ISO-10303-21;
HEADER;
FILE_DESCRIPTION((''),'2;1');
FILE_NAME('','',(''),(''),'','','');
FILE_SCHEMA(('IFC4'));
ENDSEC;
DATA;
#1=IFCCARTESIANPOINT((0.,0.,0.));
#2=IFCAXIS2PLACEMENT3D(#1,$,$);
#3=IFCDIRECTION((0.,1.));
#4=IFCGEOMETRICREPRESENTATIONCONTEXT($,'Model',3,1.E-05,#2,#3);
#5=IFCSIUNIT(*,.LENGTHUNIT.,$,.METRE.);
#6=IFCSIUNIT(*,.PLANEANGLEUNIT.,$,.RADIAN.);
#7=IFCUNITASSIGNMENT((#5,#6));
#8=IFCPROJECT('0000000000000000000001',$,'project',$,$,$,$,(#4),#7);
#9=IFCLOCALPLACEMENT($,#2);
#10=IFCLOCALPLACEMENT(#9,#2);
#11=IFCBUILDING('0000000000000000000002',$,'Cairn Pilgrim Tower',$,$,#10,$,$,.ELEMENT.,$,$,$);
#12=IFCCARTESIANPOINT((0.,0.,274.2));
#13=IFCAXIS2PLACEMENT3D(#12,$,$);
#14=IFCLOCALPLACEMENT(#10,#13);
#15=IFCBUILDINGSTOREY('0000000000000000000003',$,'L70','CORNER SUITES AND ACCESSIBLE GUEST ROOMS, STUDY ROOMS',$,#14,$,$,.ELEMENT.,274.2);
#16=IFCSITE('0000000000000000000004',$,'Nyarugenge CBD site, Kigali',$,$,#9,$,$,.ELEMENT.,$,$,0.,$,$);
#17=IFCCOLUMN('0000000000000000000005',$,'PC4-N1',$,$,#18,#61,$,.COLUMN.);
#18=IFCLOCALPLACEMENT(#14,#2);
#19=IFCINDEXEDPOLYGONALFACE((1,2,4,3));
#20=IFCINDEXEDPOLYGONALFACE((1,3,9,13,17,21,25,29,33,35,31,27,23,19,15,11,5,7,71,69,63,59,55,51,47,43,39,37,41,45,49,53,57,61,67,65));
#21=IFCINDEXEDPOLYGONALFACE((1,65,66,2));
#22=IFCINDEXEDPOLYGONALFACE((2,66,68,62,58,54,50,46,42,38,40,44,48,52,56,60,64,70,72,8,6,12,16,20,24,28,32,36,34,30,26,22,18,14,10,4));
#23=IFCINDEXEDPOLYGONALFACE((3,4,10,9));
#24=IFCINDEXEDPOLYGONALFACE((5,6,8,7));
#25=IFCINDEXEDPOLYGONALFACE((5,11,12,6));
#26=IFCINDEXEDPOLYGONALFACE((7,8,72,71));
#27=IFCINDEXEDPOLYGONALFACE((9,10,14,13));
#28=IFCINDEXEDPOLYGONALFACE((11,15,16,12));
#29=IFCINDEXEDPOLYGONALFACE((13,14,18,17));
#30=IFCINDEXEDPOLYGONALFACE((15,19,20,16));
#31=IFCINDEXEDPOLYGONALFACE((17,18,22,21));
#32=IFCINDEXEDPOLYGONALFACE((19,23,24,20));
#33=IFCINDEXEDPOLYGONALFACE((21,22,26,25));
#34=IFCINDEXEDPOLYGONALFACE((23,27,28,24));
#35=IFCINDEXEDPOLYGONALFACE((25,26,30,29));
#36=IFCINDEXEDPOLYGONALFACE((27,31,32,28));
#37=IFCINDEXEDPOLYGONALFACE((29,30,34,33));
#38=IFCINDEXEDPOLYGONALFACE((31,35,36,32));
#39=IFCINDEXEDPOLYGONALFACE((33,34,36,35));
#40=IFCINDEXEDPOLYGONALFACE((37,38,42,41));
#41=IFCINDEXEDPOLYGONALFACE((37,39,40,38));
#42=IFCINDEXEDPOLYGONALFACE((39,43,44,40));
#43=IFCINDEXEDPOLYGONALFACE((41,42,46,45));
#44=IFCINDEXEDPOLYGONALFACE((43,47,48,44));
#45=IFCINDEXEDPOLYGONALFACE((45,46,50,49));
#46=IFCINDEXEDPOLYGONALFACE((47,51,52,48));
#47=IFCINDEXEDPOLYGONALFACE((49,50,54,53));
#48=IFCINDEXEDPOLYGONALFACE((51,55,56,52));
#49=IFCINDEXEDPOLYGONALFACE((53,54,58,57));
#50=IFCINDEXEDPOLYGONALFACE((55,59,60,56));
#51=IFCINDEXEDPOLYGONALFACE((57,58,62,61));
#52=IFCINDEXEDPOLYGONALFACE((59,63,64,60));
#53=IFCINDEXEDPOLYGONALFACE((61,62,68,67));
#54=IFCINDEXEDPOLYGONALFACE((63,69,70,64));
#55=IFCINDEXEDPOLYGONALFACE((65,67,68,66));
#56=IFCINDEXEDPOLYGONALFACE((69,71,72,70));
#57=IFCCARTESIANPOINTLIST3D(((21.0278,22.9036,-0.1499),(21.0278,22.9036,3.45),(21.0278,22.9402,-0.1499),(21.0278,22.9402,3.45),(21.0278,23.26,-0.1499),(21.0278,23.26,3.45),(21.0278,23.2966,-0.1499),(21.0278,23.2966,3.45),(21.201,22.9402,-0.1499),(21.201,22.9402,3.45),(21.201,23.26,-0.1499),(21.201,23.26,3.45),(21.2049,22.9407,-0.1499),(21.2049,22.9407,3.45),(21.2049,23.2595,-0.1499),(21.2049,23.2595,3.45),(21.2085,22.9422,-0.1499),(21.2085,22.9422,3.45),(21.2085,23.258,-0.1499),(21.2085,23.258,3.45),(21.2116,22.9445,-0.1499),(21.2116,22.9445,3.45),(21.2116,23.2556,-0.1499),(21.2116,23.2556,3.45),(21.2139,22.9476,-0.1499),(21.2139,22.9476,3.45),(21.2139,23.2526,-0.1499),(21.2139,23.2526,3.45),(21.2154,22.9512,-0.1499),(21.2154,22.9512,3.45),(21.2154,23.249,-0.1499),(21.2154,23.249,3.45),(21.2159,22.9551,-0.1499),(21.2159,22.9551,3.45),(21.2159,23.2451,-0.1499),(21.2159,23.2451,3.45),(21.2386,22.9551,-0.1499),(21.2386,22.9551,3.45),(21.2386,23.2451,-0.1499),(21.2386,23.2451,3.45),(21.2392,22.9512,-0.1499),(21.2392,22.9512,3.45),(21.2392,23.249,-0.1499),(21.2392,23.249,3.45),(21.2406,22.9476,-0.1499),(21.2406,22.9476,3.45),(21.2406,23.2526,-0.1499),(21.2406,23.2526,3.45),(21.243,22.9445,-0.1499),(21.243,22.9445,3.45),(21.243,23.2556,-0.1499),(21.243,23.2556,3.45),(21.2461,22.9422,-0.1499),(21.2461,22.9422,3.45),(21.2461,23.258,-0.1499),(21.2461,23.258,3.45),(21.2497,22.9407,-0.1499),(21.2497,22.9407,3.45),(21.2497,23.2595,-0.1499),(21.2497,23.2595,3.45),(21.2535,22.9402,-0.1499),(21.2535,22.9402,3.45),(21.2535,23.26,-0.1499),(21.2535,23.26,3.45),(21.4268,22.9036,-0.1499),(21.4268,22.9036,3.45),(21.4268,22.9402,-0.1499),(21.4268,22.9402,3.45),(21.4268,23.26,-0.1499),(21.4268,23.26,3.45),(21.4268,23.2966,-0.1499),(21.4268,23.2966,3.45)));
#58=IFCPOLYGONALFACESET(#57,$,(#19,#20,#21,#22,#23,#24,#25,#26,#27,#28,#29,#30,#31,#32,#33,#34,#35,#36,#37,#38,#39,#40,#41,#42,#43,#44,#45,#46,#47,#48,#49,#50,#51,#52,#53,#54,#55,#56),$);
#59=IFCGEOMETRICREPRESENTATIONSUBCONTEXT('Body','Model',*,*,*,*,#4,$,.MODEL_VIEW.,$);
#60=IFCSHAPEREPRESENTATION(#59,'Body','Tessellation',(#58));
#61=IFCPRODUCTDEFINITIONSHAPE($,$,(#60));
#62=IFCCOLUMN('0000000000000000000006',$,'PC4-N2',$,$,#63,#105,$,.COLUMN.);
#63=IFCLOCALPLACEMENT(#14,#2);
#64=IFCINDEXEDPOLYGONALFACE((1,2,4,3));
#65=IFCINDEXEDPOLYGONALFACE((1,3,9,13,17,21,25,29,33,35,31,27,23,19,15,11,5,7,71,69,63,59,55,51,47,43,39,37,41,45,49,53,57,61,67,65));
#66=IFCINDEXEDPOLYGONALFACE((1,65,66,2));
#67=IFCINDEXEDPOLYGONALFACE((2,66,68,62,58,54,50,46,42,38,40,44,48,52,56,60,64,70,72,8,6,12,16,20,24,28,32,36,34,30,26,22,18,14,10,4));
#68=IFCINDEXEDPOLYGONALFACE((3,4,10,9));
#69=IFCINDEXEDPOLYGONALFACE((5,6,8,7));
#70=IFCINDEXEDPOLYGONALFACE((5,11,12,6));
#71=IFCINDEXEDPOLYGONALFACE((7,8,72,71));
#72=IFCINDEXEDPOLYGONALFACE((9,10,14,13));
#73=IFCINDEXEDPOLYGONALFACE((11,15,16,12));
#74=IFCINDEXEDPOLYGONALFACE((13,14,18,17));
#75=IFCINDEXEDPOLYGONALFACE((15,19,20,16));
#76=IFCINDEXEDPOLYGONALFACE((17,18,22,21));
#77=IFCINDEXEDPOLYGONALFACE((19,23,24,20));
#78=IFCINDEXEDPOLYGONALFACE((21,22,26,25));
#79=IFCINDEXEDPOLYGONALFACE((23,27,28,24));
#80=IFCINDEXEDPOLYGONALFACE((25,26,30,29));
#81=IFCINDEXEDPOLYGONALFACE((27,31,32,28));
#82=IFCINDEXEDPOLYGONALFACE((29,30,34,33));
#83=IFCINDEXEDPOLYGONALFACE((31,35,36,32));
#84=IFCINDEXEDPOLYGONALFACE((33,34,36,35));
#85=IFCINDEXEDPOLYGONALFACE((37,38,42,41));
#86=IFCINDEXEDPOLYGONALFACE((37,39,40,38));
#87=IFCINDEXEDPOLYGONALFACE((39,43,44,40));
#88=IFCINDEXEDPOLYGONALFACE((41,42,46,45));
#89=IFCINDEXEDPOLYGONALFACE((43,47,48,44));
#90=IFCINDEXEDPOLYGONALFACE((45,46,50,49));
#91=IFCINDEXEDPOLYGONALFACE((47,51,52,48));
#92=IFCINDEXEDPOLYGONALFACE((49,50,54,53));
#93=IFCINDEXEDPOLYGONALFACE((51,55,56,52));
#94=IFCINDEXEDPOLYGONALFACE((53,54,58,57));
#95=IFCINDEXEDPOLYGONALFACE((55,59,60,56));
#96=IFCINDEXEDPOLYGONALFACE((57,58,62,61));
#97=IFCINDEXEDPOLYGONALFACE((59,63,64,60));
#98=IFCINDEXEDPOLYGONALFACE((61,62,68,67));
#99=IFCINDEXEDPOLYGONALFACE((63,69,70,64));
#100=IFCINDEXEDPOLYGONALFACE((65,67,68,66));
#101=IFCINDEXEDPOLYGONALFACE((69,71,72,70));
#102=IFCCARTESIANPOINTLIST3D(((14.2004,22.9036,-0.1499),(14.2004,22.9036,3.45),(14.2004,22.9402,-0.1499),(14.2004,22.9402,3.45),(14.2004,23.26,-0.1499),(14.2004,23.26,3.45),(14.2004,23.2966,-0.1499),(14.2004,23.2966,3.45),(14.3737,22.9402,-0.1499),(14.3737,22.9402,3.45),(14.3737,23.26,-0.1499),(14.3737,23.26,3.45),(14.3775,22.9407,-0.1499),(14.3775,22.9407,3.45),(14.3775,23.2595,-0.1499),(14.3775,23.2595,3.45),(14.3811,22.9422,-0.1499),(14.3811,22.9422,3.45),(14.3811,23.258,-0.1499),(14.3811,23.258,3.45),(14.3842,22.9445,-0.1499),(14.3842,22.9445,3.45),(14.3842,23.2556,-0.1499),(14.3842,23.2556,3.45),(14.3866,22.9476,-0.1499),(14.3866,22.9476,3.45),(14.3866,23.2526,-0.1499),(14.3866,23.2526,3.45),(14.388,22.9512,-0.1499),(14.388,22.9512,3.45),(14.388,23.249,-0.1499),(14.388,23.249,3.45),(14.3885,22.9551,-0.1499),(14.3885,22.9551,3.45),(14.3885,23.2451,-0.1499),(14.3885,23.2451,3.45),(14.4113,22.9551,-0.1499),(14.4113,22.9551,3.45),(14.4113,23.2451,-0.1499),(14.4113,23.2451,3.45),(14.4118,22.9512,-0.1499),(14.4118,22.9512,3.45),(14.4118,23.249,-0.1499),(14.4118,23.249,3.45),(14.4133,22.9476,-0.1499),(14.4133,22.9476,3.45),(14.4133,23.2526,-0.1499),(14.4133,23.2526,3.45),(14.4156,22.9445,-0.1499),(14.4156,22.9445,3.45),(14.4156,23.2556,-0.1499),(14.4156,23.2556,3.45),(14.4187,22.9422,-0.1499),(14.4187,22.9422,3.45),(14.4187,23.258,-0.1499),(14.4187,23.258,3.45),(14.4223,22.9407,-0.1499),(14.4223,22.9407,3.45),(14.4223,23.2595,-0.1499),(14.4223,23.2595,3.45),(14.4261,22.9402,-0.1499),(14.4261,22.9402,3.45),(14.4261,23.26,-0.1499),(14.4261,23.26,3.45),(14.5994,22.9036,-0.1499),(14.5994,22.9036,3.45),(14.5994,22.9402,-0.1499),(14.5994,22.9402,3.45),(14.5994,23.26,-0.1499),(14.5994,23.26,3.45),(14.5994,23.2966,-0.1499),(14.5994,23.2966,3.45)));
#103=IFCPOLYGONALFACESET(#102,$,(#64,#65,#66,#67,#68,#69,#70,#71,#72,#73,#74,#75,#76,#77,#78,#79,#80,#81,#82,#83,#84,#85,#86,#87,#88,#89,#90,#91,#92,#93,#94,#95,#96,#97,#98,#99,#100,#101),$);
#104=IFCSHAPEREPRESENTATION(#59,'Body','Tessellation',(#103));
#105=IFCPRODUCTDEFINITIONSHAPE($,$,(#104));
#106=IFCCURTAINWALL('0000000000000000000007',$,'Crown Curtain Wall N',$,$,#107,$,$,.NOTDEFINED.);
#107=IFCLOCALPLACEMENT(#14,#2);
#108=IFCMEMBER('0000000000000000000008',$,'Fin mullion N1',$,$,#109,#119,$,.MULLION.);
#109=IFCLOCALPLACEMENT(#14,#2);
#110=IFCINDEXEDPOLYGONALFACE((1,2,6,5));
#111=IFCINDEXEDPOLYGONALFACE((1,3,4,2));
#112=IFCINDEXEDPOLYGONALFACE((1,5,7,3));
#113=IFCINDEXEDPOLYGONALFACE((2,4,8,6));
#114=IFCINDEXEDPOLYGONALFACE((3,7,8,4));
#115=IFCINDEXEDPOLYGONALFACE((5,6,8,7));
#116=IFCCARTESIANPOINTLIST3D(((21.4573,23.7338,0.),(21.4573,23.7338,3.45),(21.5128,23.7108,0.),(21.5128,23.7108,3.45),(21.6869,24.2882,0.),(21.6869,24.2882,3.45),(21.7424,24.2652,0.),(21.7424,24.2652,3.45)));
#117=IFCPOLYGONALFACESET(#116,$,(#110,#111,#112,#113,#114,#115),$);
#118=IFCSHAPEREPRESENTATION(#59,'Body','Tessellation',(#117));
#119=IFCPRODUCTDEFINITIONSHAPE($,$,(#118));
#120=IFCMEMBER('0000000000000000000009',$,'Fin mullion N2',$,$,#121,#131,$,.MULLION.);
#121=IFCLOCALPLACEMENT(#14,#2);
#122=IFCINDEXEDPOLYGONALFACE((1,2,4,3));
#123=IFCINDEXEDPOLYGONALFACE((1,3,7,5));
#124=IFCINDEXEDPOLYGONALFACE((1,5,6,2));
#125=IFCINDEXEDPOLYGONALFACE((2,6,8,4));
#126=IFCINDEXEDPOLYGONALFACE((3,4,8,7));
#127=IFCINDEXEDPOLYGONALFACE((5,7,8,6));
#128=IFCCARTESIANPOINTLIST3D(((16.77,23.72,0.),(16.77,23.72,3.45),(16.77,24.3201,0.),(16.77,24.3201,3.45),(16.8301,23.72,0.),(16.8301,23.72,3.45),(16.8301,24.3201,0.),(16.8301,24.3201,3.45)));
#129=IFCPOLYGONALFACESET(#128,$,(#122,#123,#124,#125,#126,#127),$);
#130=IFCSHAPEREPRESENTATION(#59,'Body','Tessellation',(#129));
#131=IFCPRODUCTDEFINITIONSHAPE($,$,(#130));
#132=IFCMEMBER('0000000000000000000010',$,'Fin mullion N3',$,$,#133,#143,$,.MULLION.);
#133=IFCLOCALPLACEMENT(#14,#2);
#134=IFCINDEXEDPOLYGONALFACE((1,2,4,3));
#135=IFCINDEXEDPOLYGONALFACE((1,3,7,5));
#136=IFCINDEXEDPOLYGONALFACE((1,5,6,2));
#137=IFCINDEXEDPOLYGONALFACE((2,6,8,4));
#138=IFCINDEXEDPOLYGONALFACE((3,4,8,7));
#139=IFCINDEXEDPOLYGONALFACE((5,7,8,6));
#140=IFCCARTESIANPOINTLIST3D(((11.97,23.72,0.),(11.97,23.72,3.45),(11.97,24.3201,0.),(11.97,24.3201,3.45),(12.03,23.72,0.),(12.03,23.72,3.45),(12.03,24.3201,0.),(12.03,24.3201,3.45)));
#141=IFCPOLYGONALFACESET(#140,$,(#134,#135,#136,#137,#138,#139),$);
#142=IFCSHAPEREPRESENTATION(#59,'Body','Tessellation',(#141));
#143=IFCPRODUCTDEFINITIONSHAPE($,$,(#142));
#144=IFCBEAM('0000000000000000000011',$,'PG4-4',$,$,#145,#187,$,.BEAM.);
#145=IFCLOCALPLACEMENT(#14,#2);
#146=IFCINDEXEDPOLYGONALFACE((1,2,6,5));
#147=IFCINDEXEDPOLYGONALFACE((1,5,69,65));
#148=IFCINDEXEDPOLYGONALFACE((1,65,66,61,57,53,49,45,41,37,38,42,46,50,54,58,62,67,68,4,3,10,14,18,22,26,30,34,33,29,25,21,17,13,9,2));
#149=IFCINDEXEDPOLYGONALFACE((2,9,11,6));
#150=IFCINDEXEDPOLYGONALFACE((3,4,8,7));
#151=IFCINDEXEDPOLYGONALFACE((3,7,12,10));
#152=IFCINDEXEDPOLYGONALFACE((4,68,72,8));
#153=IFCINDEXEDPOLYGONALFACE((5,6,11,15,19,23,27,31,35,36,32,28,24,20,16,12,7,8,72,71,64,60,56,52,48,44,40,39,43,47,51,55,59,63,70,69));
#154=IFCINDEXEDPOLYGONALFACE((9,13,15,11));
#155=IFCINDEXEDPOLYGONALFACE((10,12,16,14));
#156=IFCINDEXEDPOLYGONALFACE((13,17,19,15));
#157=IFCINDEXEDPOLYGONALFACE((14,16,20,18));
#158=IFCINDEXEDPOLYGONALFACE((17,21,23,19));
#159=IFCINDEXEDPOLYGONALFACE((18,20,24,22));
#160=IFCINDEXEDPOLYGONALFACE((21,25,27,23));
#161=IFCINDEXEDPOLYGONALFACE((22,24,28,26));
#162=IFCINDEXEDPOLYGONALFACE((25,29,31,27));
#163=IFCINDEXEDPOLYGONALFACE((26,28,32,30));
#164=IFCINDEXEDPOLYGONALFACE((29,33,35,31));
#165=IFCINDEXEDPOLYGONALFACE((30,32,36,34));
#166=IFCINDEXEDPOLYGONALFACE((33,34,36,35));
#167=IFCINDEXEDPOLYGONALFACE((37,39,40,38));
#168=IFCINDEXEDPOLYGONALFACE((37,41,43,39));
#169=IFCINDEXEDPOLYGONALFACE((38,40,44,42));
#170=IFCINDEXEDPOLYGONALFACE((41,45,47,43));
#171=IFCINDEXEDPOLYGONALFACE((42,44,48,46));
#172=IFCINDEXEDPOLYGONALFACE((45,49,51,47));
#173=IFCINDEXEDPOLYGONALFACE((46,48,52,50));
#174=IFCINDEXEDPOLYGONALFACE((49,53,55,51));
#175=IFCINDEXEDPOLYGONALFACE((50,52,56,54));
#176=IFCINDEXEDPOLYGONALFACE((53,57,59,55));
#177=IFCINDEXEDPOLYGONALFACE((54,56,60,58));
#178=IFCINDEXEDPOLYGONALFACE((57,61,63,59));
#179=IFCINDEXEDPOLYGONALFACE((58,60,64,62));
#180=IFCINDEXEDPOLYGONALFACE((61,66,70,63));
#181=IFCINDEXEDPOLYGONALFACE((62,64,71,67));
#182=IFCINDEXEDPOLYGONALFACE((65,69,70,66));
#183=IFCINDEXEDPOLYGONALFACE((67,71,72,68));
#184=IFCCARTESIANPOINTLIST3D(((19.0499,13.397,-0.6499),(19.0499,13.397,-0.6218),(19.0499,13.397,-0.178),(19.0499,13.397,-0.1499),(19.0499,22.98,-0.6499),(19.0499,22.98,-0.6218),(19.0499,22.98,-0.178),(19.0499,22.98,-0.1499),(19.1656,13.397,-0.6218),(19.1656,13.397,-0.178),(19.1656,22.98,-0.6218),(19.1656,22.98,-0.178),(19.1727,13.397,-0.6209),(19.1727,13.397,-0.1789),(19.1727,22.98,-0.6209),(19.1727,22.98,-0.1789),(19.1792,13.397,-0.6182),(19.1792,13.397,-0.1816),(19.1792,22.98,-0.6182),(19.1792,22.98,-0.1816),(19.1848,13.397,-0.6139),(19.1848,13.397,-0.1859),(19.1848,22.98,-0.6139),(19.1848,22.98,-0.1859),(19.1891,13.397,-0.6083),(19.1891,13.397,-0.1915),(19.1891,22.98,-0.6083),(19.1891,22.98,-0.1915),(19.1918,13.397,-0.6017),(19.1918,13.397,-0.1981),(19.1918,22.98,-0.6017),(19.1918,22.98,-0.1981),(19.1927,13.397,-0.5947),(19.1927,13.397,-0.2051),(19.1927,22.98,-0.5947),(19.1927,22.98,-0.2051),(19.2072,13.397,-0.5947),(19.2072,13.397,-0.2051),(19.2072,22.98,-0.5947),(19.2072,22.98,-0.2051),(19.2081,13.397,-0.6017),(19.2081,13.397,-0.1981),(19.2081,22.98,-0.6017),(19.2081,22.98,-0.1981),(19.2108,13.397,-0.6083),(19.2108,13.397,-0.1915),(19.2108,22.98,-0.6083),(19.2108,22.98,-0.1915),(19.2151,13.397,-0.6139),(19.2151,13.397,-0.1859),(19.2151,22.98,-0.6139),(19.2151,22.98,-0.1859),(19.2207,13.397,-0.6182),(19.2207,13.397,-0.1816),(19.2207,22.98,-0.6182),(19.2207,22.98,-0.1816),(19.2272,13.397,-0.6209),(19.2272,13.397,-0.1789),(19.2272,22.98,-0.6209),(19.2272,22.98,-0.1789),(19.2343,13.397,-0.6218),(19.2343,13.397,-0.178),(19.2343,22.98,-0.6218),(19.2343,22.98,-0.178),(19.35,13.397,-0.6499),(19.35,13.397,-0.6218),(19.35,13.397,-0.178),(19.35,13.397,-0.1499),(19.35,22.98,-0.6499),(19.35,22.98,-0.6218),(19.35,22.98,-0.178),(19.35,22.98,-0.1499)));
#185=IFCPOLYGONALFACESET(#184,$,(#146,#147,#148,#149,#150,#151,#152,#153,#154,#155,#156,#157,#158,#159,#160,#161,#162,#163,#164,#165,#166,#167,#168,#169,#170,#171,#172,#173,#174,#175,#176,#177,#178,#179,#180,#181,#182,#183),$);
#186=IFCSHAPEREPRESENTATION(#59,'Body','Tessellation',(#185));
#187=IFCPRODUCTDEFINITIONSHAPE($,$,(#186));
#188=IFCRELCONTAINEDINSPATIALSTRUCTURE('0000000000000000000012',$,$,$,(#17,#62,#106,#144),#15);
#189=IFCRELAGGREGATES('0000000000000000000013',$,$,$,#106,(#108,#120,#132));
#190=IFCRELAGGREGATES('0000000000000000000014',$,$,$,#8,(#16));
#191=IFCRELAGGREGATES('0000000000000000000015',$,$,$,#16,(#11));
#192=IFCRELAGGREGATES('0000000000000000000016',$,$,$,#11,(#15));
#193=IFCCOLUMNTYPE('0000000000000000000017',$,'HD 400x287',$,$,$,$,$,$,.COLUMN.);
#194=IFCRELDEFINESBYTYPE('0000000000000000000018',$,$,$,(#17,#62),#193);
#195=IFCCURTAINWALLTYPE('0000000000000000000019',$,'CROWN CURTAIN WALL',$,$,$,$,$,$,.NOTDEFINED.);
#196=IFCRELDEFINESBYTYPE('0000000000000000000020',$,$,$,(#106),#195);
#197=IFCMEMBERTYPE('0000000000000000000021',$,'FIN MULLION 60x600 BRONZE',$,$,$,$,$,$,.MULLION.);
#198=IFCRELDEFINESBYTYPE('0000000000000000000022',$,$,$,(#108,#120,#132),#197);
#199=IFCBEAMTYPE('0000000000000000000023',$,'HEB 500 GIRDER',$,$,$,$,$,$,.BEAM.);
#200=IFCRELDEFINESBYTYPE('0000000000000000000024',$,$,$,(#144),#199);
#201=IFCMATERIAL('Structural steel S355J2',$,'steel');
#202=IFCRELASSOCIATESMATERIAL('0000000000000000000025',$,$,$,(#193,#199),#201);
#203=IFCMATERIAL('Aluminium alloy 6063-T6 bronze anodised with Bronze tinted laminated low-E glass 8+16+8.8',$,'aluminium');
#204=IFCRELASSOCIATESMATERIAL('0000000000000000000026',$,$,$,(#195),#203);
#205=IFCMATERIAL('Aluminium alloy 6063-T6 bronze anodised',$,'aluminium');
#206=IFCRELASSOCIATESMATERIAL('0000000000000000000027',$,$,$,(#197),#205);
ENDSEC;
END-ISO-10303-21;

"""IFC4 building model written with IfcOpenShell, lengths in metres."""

from ifc_helpers import new_model, si_unit, direction, frame, origin, origin_2d, place, context, subcontext, project, spatial, rectangle, i_section, extrude, material, material_profile, profile_set, type_object, element, aggregate, save


model = new_model("IFC4")

# Units and contexts
model_context = context("Model", 3, precision=1e-05, world=origin(), true_north=direction((0.0, 1.0)))
body_context = subcontext(model_context, "Body", "Model", "MODEL_VIEW")
ifc_project = project(units=[si_unit("LENGTHUNIT", "METRE"), si_unit("PLANEANGLEUNIT", "RADIAN")], contexts=[model_context])

# Site, building, storey
site_placement = place(None, origin())
site = spatial("IfcSite", under=ifc_project, at=site_placement, Name="Nyarugenge CBD site, Kigali", CompositionType="ELEMENT", RefElevation=0.0)
building_placement = place(site_placement, origin())
building = spatial("IfcBuilding", under=site, at=building_placement, Name="Cairn Pilgrim Tower", CompositionType="ELEMENT")
storey_placement = place(building_placement, frame((0.0, 0.0, 274.2)))
storey = spatial("IfcBuildingStorey", under=building, at=storey_placement, Name="L70", Description="CORNER SUITES AND ACCESSIBLE GUEST ROOMS, STUDY ROOMS", CompositionType="ELEMENT", Elevation=274.2)

# Columns
ifc_material_1 = material(Name="Structural steel S355J2", Category="steel")
ifc_material_profile_1 = material_profile(ifc_material_1, i_section(OverallWidth=0.3989, OverallDepth=0.3931, WebThickness=0.0227, FlangeThickness=0.0366, FilletRadius=0.0149, at=origin_2d()), Name="HD 400x287")
ifc_profile_set_1 = profile_set([ifc_material_profile_1], Name="Structural steel S355J2")
column_type = type_object("IfcColumnType", Name="HD 400x287", PredefinedType="COLUMN", material=ifc_profile_set_1)
for number, where, z_axis, x_axis, name in (
    (1, (21.2273, 23.1001, -0.1499), (0.0, 0.0, 1.0), (1.0, 0.0, 0.0), "PC4-N1"),
    (2, (14.3999, 23.1001, -0.1499), (0.0, 0.0, 1.0), (1.0, 0.0, 0.0), "PC4-N2"),
):
    element("IfcColumn", number, at=place(storey_placement, frame(where, z_axis=z_axis, x_axis=x_axis)), inside=storey, type_object=column_type, Name=name, PredefinedType="COLUMN", context=body_context, shape_type="SweptSolid", body=[
        extrude(i_section(OverallWidth=0.3989, OverallDepth=0.3931, WebThickness=0.0227, FlangeThickness=0.0366, FilletRadius=0.0149, at=origin_2d()), origin(), (0.0, 0.0, 1.0), 3.5999),
    ])

# Curtain wall, members
ifc_material_2 = material(Name="Aluminium alloy 6063-T6 bronze anodised with Bronze tinted laminated low-E glass 8+16+8.8", Category="aluminium")
curtain_wall_type = type_object("IfcCurtainWallType", Name="CROWN CURTAIN WALL", PredefinedType="NOTDEFINED", material=ifc_material_2)
curtain_wall_placement = place(storey_placement, origin())
curtain_wall = element("IfcCurtainWall", 3, at=curtain_wall_placement, inside=storey, type_object=curtain_wall_type, Name="Crown Curtain Wall N", PredefinedType="NOTDEFINED")
ifc_material_3 = material(Name="Aluminium alloy 6063-T6 bronze anodised", Category="aluminium")
ifc_material_profile_2 = material_profile(ifc_material_3, rectangle(XDim=0.6001, YDim=0.0601, at=origin_2d()), Name="FIN MULLION 60x600 BRONZE")
ifc_profile_set_2 = profile_set([ifc_material_profile_2], Name="Aluminium alloy 6063-T6 bronze anodised")
member_type_1 = type_object("IfcMemberType", Name="FIN MULLION 60x600 BRONZE", PredefinedType="MULLION", material=ifc_profile_set_2)
member_1_placement = place(storey_placement, frame((21.5999, 23.9995, 0.0), z_axis=(0.0, 0.0, 1.0), x_axis=(0.382683, 0.92388, 0.0)))
member_1 = element("IfcMember", 4, at=member_1_placement, type_object=member_type_1, Name="Fin mullion N1", PredefinedType="MULLION", context=body_context, shape_type="SweptSolid", body=[
    extrude(rectangle(XDim=0.6001, YDim=0.0601, at=origin_2d()), origin(), (0.0, 0.0, 1.0), 3.45),
])
member_2_placement = place(storey_placement, frame((16.8, 24.02, 0.0), z_axis=(0.0, 0.0, 1.0), x_axis=(0.0, 1.0, 0.0)))
member_2 = element("IfcMember", 5, at=member_2_placement, type_object=member_type_1, Name="Fin mullion N2", PredefinedType="MULLION", context=body_context, shape_type="SweptSolid", body=[
    extrude(rectangle(XDim=0.6001, YDim=0.0601, at=origin_2d()), origin(), (0.0, 0.0, 1.0), 3.45),
])
member_3_placement = place(storey_placement, frame((12.0, 24.02, 0.0), z_axis=(0.0, 0.0, 1.0), x_axis=(0.0, 1.0, 0.0)))
member_3 = element("IfcMember", 6, at=member_3_placement, type_object=member_type_1, Name="Fin mullion N3", PredefinedType="MULLION", context=body_context, shape_type="SweptSolid", body=[
    extrude(rectangle(XDim=0.6001, YDim=0.0601, at=origin_2d()), origin(), (0.0, 0.0, 1.0), 3.45),
])

# Beam
ifc_material_profile_3 = material_profile(ifc_material_1, i_section(OverallWidth=0.3, OverallDepth=0.5, WebThickness=0.0144, FlangeThickness=0.0281, FilletRadius=0.0271, at=origin_2d()), Name="HEB 500")
ifc_profile_set_3 = profile_set([ifc_material_profile_3], Name="Structural steel S355J2")
beam_type_1 = type_object("IfcBeamType", Name="HEB 500 GIRDER", PredefinedType="BEAM", material=ifc_profile_set_3)
beam_1_placement = place(storey_placement, frame((19.2, 13.397, -0.3999), z_axis=(0.0, 1.0, 0.0), x_axis=(-1.0, 0.0, 0.0)))
element("IfcBeam", 7, at=beam_1_placement, inside=storey, type_object=beam_type_1, Name="PG4-4", PredefinedType="BEAM", context=body_context, shape_type="SweptSolid", body=[
    extrude(i_section(OverallWidth=0.3, OverallDepth=0.5, WebThickness=0.0144, FlangeThickness=0.0281, FilletRadius=0.0271, at=origin_2d()), origin(), (0.0, 0.0, 1.0), 9.583),
])

aggregate(curtain_wall, [member_1, member_2, member_3])

save(model, "model.ifc")
